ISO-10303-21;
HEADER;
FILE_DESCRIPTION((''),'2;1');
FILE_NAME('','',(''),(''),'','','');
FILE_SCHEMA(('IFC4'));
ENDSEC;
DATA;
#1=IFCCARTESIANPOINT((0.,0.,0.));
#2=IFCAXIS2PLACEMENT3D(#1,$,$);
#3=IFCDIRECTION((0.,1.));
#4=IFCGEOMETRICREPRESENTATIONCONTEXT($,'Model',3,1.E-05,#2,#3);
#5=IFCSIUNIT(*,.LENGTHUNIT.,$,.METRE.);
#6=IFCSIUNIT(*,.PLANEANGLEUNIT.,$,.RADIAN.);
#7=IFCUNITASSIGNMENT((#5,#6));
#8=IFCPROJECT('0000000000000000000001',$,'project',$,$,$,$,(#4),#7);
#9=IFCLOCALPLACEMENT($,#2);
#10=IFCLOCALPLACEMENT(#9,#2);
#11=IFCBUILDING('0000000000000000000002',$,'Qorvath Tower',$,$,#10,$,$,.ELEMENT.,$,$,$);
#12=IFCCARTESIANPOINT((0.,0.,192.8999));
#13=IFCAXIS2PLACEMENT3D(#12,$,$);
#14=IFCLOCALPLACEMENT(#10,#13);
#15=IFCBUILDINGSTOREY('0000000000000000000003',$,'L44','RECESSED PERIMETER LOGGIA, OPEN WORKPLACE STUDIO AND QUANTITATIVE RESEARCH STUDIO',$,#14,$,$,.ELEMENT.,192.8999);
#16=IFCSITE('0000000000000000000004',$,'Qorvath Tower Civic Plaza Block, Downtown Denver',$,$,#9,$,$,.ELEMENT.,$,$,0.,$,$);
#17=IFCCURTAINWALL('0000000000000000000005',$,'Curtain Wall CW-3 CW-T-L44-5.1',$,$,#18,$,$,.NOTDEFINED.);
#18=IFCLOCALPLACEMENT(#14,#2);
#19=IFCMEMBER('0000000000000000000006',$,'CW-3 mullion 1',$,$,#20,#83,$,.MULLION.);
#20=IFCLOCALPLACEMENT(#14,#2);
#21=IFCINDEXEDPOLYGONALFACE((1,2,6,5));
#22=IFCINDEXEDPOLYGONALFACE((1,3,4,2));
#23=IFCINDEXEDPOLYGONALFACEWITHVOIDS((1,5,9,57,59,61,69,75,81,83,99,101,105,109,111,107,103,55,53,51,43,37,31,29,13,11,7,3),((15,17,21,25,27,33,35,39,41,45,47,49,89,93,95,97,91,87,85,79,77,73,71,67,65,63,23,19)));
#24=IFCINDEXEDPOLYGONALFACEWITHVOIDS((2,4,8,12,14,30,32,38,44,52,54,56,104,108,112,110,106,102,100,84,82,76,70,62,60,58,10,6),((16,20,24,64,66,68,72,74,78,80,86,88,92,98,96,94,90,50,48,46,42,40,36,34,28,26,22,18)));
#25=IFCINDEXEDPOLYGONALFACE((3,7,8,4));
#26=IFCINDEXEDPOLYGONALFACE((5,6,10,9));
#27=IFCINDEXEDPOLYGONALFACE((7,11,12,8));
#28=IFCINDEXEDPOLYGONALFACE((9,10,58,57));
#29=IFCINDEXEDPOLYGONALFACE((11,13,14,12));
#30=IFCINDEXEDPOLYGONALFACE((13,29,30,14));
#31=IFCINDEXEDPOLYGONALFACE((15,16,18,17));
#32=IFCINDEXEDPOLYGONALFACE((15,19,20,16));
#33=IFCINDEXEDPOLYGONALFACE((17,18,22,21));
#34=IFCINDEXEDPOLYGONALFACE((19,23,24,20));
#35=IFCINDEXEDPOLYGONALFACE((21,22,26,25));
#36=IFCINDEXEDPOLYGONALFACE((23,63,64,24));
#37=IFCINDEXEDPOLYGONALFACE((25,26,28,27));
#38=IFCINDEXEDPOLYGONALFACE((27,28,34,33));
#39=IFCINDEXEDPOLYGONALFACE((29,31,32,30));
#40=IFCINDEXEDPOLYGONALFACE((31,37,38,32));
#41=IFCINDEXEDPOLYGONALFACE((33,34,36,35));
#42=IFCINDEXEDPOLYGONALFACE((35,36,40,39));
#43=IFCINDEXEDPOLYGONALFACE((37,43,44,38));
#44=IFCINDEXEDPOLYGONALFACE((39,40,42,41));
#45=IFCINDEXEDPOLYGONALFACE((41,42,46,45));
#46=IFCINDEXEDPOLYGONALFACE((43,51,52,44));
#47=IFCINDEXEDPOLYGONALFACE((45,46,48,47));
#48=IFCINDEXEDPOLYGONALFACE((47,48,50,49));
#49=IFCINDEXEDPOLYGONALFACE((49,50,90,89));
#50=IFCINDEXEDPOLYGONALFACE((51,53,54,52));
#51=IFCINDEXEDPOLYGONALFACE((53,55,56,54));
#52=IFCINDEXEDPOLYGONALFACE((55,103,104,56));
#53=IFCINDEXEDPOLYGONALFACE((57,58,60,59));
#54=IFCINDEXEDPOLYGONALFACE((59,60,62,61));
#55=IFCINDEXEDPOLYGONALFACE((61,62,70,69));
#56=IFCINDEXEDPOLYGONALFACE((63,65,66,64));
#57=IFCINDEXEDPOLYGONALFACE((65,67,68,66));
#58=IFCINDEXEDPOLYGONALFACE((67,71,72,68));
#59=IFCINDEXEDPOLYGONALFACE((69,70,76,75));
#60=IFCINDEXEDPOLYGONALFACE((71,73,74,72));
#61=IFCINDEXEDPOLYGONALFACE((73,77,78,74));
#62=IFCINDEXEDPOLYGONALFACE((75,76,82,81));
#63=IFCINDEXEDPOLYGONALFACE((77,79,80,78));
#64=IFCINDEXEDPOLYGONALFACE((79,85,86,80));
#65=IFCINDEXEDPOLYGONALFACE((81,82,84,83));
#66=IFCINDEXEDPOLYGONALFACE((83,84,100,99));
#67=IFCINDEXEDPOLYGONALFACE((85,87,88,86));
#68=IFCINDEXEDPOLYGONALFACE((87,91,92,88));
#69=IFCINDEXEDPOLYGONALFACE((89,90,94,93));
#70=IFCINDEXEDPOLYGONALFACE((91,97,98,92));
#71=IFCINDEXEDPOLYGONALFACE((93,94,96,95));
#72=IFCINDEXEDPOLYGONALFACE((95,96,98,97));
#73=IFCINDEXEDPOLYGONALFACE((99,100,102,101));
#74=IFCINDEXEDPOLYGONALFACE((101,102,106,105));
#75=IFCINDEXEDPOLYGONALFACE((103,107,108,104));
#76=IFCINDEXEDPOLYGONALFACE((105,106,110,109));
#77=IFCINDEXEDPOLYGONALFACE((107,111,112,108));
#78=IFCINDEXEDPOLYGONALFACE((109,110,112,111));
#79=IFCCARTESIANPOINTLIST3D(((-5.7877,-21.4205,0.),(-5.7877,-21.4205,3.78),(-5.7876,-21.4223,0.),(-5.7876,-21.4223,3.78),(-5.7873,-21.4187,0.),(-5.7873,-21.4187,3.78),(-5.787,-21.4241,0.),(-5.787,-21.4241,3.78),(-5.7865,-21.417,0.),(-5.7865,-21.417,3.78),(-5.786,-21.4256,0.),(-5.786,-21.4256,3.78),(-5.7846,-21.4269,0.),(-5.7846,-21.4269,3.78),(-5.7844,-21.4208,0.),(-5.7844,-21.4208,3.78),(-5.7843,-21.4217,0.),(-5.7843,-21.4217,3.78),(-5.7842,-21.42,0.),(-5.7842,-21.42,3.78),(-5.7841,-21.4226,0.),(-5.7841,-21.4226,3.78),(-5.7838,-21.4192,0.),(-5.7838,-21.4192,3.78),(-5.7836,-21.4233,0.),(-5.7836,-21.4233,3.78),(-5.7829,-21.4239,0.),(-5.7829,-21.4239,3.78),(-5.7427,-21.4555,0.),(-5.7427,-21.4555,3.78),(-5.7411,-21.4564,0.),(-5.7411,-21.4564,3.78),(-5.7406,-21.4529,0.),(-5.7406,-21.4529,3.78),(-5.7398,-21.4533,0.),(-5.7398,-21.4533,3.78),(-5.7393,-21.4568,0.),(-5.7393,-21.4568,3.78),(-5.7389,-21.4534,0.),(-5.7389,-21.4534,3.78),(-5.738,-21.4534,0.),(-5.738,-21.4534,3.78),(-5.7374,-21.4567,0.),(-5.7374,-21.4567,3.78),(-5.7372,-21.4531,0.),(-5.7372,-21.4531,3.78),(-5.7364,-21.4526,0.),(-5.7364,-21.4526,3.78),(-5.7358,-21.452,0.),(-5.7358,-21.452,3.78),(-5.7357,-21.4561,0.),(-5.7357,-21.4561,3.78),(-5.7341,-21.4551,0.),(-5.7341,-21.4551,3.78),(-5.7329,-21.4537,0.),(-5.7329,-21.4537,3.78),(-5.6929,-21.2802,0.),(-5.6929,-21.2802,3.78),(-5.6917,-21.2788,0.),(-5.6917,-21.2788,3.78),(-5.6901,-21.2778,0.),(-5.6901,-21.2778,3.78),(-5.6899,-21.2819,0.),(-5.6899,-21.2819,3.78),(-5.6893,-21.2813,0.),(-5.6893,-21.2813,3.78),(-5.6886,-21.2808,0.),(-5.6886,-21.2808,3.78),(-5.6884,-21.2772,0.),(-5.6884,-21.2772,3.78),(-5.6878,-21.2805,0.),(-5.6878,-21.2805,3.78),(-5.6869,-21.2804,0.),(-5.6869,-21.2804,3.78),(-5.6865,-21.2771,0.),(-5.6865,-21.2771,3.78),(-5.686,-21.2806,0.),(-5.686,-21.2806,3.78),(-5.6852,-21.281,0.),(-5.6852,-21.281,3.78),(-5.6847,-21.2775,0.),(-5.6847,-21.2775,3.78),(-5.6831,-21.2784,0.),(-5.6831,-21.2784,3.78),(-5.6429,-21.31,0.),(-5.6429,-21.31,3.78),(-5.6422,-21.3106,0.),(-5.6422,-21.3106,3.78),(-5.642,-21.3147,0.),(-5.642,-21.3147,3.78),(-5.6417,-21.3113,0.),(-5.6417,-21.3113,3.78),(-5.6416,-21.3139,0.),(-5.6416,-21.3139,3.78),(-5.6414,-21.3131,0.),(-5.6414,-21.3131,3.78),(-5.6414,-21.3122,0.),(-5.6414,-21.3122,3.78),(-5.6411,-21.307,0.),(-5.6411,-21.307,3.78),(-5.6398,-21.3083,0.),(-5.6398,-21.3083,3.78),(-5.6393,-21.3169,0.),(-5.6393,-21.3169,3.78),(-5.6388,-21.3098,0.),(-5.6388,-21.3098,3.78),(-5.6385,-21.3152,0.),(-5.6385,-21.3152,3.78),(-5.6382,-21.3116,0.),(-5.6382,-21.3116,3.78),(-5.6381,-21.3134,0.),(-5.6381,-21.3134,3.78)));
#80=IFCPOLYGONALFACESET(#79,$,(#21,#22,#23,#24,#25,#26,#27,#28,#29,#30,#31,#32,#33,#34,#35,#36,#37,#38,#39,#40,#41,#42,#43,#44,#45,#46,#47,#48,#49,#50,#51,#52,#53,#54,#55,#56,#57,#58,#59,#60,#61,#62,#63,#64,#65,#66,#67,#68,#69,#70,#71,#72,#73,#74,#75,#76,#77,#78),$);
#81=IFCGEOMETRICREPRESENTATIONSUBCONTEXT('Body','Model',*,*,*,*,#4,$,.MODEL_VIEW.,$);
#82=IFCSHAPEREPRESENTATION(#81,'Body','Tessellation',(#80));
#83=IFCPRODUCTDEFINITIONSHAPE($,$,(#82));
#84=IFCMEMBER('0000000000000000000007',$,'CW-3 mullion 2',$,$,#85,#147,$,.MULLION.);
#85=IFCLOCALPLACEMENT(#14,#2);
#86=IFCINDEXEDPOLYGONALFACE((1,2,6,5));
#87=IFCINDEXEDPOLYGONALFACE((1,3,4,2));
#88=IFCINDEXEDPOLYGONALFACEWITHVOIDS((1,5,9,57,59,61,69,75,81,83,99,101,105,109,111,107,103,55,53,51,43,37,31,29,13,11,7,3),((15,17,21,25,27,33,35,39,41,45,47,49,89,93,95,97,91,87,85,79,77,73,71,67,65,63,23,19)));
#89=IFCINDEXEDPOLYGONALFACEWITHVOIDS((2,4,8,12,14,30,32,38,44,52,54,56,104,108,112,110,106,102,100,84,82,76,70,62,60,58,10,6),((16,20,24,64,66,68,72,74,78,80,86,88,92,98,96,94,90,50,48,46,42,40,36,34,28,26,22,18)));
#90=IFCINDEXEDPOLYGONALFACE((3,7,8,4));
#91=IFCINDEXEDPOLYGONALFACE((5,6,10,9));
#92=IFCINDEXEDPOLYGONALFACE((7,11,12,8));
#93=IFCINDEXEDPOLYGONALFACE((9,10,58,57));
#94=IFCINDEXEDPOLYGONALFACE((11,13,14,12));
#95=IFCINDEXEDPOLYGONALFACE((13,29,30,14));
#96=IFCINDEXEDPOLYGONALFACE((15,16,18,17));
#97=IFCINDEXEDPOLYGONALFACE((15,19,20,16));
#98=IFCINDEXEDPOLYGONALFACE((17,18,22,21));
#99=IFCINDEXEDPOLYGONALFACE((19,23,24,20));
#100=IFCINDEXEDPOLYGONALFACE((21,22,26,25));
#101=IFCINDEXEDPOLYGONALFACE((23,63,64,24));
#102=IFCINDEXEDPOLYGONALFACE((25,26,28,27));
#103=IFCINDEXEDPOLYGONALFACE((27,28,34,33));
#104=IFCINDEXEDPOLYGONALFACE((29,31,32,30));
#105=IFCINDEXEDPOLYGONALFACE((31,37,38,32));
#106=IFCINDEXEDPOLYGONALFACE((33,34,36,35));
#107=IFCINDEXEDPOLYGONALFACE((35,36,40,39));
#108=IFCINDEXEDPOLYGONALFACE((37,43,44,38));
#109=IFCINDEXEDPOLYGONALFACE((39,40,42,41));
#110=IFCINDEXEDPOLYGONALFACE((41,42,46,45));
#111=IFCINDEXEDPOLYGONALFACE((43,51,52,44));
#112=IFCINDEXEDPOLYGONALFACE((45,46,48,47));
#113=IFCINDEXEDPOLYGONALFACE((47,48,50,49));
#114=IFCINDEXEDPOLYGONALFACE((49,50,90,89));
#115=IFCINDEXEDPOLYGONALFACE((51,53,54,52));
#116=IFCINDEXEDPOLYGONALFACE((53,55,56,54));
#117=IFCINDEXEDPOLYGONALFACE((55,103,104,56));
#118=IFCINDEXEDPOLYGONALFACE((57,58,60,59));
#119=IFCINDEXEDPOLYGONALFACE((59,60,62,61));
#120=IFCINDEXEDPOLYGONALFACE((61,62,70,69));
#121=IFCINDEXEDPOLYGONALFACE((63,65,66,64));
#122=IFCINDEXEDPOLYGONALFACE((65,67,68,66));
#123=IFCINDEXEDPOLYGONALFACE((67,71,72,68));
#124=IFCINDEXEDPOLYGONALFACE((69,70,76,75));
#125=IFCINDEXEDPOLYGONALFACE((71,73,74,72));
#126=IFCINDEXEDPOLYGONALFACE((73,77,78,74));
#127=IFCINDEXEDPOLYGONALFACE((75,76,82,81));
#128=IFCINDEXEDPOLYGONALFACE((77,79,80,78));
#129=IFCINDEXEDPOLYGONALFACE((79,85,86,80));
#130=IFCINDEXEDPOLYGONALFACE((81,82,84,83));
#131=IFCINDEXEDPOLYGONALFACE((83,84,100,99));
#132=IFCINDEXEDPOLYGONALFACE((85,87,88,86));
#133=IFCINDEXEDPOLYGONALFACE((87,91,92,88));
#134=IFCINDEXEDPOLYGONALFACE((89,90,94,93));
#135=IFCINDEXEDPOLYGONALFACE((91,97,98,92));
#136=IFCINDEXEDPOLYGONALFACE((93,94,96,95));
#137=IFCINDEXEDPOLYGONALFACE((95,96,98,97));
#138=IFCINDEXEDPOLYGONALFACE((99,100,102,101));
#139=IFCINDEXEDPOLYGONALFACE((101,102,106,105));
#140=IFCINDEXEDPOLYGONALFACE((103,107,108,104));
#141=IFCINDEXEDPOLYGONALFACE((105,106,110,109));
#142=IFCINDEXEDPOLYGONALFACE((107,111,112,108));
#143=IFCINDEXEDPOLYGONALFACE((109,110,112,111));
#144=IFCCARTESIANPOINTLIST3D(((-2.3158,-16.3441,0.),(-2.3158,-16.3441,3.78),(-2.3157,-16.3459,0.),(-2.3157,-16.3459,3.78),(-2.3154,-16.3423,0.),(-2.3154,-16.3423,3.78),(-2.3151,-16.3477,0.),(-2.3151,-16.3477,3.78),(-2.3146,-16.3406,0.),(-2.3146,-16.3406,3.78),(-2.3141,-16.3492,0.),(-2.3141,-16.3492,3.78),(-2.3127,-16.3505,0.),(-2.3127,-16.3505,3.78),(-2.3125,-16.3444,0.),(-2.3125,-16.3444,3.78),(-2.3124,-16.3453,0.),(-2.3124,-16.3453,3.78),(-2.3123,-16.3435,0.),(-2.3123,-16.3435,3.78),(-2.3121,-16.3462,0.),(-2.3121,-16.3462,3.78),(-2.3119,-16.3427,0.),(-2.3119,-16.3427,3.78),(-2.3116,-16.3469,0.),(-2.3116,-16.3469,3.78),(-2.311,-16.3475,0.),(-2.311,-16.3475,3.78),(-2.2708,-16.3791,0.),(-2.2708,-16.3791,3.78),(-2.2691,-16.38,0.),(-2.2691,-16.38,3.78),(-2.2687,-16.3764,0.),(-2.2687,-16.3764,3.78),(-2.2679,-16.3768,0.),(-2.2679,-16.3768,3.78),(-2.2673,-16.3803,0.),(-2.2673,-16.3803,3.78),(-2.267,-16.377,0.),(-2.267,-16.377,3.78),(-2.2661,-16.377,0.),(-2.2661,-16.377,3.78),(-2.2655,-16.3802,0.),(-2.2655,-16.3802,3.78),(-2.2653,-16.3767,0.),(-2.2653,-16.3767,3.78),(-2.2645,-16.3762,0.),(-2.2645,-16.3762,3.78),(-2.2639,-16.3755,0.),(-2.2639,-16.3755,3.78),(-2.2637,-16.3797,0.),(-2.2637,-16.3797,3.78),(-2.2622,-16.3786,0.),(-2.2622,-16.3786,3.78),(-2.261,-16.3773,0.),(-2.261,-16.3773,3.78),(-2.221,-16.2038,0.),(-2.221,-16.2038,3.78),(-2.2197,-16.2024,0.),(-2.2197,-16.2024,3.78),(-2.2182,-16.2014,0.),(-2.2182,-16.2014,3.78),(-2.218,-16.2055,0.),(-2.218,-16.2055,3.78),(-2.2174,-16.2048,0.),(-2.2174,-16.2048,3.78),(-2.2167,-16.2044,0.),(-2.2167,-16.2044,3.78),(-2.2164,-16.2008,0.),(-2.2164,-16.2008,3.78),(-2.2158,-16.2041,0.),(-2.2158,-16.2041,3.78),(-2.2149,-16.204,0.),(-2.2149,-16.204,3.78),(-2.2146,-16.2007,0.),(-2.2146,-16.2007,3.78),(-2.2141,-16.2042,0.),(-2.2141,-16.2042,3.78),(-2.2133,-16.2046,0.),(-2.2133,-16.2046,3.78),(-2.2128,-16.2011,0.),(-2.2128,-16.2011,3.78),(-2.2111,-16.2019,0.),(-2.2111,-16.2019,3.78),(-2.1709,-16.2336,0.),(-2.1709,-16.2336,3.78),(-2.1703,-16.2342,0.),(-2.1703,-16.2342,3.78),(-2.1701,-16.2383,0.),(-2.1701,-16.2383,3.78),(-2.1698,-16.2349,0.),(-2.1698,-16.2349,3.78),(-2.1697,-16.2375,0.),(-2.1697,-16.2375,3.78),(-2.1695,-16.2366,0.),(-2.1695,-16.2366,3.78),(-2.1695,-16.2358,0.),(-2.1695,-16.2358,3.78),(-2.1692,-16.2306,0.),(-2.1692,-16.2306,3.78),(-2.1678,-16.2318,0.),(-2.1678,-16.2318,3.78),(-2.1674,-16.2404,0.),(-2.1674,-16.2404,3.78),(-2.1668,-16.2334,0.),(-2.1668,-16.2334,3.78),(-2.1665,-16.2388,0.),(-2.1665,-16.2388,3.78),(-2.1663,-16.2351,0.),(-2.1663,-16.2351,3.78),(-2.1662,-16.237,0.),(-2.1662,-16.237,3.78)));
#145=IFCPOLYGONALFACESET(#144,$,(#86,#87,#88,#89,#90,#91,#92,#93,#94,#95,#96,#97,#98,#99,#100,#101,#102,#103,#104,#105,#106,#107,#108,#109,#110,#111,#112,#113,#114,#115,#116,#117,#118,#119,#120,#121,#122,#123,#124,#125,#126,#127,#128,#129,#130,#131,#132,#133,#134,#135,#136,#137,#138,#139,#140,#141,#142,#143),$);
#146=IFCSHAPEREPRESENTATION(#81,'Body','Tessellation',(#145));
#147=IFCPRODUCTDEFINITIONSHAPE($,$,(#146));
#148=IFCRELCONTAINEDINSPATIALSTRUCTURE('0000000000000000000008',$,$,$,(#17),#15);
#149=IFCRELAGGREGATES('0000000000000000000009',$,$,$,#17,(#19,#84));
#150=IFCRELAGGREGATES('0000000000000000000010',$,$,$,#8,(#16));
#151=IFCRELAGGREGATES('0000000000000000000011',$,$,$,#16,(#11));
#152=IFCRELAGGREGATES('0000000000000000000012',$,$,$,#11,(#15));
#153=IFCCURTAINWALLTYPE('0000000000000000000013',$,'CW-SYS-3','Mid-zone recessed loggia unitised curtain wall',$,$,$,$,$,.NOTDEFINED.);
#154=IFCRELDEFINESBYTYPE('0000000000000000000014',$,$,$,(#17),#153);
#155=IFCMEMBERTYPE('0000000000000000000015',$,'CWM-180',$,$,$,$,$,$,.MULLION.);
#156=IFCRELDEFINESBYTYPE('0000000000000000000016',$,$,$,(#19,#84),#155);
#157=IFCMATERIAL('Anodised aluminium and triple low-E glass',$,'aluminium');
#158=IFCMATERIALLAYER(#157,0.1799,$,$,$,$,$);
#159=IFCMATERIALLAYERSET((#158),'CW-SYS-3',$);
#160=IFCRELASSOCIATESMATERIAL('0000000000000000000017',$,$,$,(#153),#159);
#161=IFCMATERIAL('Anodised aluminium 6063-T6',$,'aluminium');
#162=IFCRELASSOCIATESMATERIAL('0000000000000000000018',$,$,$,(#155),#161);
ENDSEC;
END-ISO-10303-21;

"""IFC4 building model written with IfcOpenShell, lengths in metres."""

from ifc_helpers import new_model, si_unit, direction, frame, origin, origin_2d, place, context, subcontext, project, spatial, hollow_rectangle, extrude, material, layer, layer_set, material_profile, profile_set, type_object, element, aggregate, save


model = new_model("IFC4")

# Units and contexts
model_context = context("Model", 3, precision=1e-05, world=origin(), true_north=direction((0.0, 1.0)))
body_context = subcontext(model_context, "Body", "Model", "MODEL_VIEW")
ifc_project = project(units=[si_unit("LENGTHUNIT", "METRE"), si_unit("PLANEANGLEUNIT", "RADIAN")], contexts=[model_context])

# Site, building, storey
site_placement = place(None, origin())
site = spatial("IfcSite", under=ifc_project, at=site_placement, Name="Qorvath Tower Civic Plaza Block, Downtown Denver", CompositionType="ELEMENT", RefElevation=0.0)
building_placement = place(site_placement, origin())
building = spatial("IfcBuilding", under=site, at=building_placement, Name="Qorvath Tower", CompositionType="ELEMENT")
storey_placement = place(building_placement, frame((0.0, 0.0, 192.8999)))
storey = spatial("IfcBuildingStorey", under=building, at=storey_placement, Name="L44", Description="RECESSED PERIMETER LOGGIA, OPEN WORKPLACE STUDIO AND QUANTITATIVE RESEARCH STUDIO", CompositionType="ELEMENT", Elevation=192.8999)

# Curtain wall, members
ifc_material_1 = material(Name="Anodised aluminium and triple low-E glass", Category="aluminium")
ifc_layer_1 = layer(ifc_material_1, 0.1799)
ifc_layer_set_1 = layer_set([ifc_layer_1], Name="CW-SYS-3")
curtain_wall_type = type_object("IfcCurtainWallType", Name="CW-SYS-3", Description="Mid-zone recessed loggia unitised curtain wall", PredefinedType="NOTDEFINED", material=ifc_layer_set_1)
ifc_material_2 = material(Name="Anodised aluminium 6063-T6", Category="aluminium")
ifc_material_profile_1 = material_profile(ifc_material_2, hollow_rectangle(XDim=0.0649, YDim=0.1799, WallThickness=0.0034, InnerFilletRadius=0.0034, OuterFilletRadius=0.0071, at=origin_2d()), Name="CWM 180x65")
ifc_profile_set_1 = profile_set([ifc_material_profile_1], Name="Anodised aluminium 6063-T6")
member_type_1 = type_object("IfcMemberType", Name="CWM-180", PredefinedType="MULLION", material=ifc_profile_set_1)
curtain_wall_1_placement = place(storey_placement, origin())
curtain_wall_1 = element("IfcCurtainWall", 1, at=curtain_wall_1_placement, inside=storey, type_object=curtain_wall_type, Name="Curtain Wall CW-3 CW-T-L44-5.1", PredefinedType="NOTDEFINED")
member_1_placement = place(storey_placement, frame((-5.7129, -21.3669, 0.0), z_axis=(0.0, 0.0, 1.0), x_axis=(-0.825425, 0.564512, 0.0)))
member_1 = element("IfcMember", 2, at=member_1_placement, type_object=member_type_1, Name="CW-3 mullion 1", PredefinedType="MULLION", context=body_context, shape_type="SweptSolid", body=[
    extrude(hollow_rectangle(XDim=0.0649, YDim=0.1799, WallThickness=0.0034, InnerFilletRadius=0.0034, OuterFilletRadius=0.0071, at=origin_2d()), origin(), (0.0, 0.0, 1.0), 3.78),
])
member_2_placement = place(storey_placement, frame((-2.241, -16.2905, 0.0), z_axis=(0.0, 0.0, 1.0), x_axis=(-0.825425, 0.564512, 0.0)))
member_2 = element("IfcMember", 3, at=member_2_placement, type_object=member_type_1, Name="CW-3 mullion 2", PredefinedType="MULLION", context=body_context, shape_type="SweptSolid", body=[
    extrude(hollow_rectangle(XDim=0.0649, YDim=0.1799, WallThickness=0.0034, InnerFilletRadius=0.0034, OuterFilletRadius=0.0071, at=origin_2d()), origin(), (0.0, 0.0, 1.0), 3.78),
])

aggregate(curtain_wall_1, [member_1, member_2])

save(model, "model.ifc")
